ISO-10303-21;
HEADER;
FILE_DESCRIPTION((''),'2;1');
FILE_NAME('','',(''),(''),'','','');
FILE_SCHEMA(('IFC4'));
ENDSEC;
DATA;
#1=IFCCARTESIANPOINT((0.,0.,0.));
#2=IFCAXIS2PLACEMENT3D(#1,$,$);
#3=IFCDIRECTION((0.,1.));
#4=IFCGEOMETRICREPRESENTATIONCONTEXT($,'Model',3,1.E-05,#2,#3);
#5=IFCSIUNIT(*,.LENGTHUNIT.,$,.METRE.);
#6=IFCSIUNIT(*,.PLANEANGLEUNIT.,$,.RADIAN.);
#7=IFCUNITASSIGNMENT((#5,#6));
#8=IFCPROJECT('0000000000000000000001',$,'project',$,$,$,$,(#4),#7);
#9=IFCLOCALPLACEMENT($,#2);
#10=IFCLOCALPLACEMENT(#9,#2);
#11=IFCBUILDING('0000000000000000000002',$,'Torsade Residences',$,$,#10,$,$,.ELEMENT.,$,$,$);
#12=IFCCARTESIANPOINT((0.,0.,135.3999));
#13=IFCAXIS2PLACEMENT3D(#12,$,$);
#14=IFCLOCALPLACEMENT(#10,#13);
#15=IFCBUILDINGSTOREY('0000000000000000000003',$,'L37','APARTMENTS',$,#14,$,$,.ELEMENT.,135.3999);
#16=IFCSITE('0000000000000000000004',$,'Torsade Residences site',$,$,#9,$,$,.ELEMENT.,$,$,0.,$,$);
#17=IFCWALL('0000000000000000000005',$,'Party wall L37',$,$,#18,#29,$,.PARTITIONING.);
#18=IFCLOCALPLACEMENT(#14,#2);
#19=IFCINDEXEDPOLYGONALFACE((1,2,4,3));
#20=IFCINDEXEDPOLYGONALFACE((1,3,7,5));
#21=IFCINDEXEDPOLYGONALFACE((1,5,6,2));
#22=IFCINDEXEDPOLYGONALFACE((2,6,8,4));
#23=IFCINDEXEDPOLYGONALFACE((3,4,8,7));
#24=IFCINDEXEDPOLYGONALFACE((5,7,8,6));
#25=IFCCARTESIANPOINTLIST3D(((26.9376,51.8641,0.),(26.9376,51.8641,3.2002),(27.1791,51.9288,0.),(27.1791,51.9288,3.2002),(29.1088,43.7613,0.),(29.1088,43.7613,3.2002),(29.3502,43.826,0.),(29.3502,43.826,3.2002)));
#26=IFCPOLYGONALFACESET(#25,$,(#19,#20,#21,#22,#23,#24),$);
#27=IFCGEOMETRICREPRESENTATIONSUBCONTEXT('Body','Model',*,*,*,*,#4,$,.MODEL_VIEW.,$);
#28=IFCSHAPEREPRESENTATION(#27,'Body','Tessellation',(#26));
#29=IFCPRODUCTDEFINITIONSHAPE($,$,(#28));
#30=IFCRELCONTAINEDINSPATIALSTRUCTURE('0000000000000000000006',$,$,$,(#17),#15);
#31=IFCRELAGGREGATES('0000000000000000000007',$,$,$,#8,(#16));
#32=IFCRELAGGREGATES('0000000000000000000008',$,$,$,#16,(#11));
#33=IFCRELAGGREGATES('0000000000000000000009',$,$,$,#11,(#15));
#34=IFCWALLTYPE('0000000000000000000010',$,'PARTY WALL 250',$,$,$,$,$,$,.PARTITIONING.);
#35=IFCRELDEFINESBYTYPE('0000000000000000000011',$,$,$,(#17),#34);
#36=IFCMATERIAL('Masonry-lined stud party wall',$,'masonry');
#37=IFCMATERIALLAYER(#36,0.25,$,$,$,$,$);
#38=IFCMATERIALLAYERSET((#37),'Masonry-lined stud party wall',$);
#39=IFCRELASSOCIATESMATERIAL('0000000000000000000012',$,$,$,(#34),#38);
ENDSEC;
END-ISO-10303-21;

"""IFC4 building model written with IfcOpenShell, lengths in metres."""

from ifc_helpers import new_model, si_unit, direction, frame, frame_2d, origin, place, context, subcontext, project, spatial, rectangle, extrude, material, layer, layer_set, type_object, element, save


model = new_model("IFC4")

# Units and contexts
model_context = context("Model", 3, precision=1e-05, world=origin(), true_north=direction((0.0, 1.0)))
body_context = subcontext(model_context, "Body", "Model", "MODEL_VIEW")
ifc_project = project(units=[si_unit("LENGTHUNIT", "METRE"), si_unit("PLANEANGLEUNIT", "RADIAN")], contexts=[model_context])

# Site, building, storey
site_placement = place(None, origin())
site = spatial("IfcSite", under=ifc_project, at=site_placement, Name="Torsade Residences site", CompositionType="ELEMENT", RefElevation=0.0)
building_placement = place(site_placement, origin())
building = spatial("IfcBuilding", under=site, at=building_placement, Name="Torsade Residences", CompositionType="ELEMENT")
storey_placement = place(building_placement, frame((0.0, 0.0, 135.3999)))
storey = spatial("IfcBuildingStorey", under=building, at=storey_placement, Name="L37", Description="APARTMENTS", CompositionType="ELEMENT", Elevation=135.3999)

# Wall
ifc_material_1 = material(Name="Masonry-lined stud party wall", Category="masonry")
ifc_layer_1 = layer(ifc_material_1, 0.25)
ifc_layer_set_1 = layer_set([ifc_layer_1], Name="Masonry-lined stud party wall")
wall_type_1 = type_object("IfcWallType", Name="PARTY WALL 250", PredefinedType="PARTITIONING", material=ifc_layer_set_1)
wall_1_placement = place(storey_placement, frame((27.0583, 51.8965, 0.0), z_axis=(0.0, 0.0, 1.0), x_axis=(0.25882, -0.965926, 0.0)))
element("IfcWall", 1, at=wall_1_placement, inside=storey, type_object=wall_type_1, Name="Party wall L37", PredefinedType="PARTITIONING", context=body_context, shape_type="SweptSolid", body=[
    extrude(rectangle(XDim=8.3887, YDim=0.25, at=frame_2d((4.1943, 0.0))), origin(), (0.0, 0.0, 1.0), 3.2002),
])

save(model, "model.ifc")
